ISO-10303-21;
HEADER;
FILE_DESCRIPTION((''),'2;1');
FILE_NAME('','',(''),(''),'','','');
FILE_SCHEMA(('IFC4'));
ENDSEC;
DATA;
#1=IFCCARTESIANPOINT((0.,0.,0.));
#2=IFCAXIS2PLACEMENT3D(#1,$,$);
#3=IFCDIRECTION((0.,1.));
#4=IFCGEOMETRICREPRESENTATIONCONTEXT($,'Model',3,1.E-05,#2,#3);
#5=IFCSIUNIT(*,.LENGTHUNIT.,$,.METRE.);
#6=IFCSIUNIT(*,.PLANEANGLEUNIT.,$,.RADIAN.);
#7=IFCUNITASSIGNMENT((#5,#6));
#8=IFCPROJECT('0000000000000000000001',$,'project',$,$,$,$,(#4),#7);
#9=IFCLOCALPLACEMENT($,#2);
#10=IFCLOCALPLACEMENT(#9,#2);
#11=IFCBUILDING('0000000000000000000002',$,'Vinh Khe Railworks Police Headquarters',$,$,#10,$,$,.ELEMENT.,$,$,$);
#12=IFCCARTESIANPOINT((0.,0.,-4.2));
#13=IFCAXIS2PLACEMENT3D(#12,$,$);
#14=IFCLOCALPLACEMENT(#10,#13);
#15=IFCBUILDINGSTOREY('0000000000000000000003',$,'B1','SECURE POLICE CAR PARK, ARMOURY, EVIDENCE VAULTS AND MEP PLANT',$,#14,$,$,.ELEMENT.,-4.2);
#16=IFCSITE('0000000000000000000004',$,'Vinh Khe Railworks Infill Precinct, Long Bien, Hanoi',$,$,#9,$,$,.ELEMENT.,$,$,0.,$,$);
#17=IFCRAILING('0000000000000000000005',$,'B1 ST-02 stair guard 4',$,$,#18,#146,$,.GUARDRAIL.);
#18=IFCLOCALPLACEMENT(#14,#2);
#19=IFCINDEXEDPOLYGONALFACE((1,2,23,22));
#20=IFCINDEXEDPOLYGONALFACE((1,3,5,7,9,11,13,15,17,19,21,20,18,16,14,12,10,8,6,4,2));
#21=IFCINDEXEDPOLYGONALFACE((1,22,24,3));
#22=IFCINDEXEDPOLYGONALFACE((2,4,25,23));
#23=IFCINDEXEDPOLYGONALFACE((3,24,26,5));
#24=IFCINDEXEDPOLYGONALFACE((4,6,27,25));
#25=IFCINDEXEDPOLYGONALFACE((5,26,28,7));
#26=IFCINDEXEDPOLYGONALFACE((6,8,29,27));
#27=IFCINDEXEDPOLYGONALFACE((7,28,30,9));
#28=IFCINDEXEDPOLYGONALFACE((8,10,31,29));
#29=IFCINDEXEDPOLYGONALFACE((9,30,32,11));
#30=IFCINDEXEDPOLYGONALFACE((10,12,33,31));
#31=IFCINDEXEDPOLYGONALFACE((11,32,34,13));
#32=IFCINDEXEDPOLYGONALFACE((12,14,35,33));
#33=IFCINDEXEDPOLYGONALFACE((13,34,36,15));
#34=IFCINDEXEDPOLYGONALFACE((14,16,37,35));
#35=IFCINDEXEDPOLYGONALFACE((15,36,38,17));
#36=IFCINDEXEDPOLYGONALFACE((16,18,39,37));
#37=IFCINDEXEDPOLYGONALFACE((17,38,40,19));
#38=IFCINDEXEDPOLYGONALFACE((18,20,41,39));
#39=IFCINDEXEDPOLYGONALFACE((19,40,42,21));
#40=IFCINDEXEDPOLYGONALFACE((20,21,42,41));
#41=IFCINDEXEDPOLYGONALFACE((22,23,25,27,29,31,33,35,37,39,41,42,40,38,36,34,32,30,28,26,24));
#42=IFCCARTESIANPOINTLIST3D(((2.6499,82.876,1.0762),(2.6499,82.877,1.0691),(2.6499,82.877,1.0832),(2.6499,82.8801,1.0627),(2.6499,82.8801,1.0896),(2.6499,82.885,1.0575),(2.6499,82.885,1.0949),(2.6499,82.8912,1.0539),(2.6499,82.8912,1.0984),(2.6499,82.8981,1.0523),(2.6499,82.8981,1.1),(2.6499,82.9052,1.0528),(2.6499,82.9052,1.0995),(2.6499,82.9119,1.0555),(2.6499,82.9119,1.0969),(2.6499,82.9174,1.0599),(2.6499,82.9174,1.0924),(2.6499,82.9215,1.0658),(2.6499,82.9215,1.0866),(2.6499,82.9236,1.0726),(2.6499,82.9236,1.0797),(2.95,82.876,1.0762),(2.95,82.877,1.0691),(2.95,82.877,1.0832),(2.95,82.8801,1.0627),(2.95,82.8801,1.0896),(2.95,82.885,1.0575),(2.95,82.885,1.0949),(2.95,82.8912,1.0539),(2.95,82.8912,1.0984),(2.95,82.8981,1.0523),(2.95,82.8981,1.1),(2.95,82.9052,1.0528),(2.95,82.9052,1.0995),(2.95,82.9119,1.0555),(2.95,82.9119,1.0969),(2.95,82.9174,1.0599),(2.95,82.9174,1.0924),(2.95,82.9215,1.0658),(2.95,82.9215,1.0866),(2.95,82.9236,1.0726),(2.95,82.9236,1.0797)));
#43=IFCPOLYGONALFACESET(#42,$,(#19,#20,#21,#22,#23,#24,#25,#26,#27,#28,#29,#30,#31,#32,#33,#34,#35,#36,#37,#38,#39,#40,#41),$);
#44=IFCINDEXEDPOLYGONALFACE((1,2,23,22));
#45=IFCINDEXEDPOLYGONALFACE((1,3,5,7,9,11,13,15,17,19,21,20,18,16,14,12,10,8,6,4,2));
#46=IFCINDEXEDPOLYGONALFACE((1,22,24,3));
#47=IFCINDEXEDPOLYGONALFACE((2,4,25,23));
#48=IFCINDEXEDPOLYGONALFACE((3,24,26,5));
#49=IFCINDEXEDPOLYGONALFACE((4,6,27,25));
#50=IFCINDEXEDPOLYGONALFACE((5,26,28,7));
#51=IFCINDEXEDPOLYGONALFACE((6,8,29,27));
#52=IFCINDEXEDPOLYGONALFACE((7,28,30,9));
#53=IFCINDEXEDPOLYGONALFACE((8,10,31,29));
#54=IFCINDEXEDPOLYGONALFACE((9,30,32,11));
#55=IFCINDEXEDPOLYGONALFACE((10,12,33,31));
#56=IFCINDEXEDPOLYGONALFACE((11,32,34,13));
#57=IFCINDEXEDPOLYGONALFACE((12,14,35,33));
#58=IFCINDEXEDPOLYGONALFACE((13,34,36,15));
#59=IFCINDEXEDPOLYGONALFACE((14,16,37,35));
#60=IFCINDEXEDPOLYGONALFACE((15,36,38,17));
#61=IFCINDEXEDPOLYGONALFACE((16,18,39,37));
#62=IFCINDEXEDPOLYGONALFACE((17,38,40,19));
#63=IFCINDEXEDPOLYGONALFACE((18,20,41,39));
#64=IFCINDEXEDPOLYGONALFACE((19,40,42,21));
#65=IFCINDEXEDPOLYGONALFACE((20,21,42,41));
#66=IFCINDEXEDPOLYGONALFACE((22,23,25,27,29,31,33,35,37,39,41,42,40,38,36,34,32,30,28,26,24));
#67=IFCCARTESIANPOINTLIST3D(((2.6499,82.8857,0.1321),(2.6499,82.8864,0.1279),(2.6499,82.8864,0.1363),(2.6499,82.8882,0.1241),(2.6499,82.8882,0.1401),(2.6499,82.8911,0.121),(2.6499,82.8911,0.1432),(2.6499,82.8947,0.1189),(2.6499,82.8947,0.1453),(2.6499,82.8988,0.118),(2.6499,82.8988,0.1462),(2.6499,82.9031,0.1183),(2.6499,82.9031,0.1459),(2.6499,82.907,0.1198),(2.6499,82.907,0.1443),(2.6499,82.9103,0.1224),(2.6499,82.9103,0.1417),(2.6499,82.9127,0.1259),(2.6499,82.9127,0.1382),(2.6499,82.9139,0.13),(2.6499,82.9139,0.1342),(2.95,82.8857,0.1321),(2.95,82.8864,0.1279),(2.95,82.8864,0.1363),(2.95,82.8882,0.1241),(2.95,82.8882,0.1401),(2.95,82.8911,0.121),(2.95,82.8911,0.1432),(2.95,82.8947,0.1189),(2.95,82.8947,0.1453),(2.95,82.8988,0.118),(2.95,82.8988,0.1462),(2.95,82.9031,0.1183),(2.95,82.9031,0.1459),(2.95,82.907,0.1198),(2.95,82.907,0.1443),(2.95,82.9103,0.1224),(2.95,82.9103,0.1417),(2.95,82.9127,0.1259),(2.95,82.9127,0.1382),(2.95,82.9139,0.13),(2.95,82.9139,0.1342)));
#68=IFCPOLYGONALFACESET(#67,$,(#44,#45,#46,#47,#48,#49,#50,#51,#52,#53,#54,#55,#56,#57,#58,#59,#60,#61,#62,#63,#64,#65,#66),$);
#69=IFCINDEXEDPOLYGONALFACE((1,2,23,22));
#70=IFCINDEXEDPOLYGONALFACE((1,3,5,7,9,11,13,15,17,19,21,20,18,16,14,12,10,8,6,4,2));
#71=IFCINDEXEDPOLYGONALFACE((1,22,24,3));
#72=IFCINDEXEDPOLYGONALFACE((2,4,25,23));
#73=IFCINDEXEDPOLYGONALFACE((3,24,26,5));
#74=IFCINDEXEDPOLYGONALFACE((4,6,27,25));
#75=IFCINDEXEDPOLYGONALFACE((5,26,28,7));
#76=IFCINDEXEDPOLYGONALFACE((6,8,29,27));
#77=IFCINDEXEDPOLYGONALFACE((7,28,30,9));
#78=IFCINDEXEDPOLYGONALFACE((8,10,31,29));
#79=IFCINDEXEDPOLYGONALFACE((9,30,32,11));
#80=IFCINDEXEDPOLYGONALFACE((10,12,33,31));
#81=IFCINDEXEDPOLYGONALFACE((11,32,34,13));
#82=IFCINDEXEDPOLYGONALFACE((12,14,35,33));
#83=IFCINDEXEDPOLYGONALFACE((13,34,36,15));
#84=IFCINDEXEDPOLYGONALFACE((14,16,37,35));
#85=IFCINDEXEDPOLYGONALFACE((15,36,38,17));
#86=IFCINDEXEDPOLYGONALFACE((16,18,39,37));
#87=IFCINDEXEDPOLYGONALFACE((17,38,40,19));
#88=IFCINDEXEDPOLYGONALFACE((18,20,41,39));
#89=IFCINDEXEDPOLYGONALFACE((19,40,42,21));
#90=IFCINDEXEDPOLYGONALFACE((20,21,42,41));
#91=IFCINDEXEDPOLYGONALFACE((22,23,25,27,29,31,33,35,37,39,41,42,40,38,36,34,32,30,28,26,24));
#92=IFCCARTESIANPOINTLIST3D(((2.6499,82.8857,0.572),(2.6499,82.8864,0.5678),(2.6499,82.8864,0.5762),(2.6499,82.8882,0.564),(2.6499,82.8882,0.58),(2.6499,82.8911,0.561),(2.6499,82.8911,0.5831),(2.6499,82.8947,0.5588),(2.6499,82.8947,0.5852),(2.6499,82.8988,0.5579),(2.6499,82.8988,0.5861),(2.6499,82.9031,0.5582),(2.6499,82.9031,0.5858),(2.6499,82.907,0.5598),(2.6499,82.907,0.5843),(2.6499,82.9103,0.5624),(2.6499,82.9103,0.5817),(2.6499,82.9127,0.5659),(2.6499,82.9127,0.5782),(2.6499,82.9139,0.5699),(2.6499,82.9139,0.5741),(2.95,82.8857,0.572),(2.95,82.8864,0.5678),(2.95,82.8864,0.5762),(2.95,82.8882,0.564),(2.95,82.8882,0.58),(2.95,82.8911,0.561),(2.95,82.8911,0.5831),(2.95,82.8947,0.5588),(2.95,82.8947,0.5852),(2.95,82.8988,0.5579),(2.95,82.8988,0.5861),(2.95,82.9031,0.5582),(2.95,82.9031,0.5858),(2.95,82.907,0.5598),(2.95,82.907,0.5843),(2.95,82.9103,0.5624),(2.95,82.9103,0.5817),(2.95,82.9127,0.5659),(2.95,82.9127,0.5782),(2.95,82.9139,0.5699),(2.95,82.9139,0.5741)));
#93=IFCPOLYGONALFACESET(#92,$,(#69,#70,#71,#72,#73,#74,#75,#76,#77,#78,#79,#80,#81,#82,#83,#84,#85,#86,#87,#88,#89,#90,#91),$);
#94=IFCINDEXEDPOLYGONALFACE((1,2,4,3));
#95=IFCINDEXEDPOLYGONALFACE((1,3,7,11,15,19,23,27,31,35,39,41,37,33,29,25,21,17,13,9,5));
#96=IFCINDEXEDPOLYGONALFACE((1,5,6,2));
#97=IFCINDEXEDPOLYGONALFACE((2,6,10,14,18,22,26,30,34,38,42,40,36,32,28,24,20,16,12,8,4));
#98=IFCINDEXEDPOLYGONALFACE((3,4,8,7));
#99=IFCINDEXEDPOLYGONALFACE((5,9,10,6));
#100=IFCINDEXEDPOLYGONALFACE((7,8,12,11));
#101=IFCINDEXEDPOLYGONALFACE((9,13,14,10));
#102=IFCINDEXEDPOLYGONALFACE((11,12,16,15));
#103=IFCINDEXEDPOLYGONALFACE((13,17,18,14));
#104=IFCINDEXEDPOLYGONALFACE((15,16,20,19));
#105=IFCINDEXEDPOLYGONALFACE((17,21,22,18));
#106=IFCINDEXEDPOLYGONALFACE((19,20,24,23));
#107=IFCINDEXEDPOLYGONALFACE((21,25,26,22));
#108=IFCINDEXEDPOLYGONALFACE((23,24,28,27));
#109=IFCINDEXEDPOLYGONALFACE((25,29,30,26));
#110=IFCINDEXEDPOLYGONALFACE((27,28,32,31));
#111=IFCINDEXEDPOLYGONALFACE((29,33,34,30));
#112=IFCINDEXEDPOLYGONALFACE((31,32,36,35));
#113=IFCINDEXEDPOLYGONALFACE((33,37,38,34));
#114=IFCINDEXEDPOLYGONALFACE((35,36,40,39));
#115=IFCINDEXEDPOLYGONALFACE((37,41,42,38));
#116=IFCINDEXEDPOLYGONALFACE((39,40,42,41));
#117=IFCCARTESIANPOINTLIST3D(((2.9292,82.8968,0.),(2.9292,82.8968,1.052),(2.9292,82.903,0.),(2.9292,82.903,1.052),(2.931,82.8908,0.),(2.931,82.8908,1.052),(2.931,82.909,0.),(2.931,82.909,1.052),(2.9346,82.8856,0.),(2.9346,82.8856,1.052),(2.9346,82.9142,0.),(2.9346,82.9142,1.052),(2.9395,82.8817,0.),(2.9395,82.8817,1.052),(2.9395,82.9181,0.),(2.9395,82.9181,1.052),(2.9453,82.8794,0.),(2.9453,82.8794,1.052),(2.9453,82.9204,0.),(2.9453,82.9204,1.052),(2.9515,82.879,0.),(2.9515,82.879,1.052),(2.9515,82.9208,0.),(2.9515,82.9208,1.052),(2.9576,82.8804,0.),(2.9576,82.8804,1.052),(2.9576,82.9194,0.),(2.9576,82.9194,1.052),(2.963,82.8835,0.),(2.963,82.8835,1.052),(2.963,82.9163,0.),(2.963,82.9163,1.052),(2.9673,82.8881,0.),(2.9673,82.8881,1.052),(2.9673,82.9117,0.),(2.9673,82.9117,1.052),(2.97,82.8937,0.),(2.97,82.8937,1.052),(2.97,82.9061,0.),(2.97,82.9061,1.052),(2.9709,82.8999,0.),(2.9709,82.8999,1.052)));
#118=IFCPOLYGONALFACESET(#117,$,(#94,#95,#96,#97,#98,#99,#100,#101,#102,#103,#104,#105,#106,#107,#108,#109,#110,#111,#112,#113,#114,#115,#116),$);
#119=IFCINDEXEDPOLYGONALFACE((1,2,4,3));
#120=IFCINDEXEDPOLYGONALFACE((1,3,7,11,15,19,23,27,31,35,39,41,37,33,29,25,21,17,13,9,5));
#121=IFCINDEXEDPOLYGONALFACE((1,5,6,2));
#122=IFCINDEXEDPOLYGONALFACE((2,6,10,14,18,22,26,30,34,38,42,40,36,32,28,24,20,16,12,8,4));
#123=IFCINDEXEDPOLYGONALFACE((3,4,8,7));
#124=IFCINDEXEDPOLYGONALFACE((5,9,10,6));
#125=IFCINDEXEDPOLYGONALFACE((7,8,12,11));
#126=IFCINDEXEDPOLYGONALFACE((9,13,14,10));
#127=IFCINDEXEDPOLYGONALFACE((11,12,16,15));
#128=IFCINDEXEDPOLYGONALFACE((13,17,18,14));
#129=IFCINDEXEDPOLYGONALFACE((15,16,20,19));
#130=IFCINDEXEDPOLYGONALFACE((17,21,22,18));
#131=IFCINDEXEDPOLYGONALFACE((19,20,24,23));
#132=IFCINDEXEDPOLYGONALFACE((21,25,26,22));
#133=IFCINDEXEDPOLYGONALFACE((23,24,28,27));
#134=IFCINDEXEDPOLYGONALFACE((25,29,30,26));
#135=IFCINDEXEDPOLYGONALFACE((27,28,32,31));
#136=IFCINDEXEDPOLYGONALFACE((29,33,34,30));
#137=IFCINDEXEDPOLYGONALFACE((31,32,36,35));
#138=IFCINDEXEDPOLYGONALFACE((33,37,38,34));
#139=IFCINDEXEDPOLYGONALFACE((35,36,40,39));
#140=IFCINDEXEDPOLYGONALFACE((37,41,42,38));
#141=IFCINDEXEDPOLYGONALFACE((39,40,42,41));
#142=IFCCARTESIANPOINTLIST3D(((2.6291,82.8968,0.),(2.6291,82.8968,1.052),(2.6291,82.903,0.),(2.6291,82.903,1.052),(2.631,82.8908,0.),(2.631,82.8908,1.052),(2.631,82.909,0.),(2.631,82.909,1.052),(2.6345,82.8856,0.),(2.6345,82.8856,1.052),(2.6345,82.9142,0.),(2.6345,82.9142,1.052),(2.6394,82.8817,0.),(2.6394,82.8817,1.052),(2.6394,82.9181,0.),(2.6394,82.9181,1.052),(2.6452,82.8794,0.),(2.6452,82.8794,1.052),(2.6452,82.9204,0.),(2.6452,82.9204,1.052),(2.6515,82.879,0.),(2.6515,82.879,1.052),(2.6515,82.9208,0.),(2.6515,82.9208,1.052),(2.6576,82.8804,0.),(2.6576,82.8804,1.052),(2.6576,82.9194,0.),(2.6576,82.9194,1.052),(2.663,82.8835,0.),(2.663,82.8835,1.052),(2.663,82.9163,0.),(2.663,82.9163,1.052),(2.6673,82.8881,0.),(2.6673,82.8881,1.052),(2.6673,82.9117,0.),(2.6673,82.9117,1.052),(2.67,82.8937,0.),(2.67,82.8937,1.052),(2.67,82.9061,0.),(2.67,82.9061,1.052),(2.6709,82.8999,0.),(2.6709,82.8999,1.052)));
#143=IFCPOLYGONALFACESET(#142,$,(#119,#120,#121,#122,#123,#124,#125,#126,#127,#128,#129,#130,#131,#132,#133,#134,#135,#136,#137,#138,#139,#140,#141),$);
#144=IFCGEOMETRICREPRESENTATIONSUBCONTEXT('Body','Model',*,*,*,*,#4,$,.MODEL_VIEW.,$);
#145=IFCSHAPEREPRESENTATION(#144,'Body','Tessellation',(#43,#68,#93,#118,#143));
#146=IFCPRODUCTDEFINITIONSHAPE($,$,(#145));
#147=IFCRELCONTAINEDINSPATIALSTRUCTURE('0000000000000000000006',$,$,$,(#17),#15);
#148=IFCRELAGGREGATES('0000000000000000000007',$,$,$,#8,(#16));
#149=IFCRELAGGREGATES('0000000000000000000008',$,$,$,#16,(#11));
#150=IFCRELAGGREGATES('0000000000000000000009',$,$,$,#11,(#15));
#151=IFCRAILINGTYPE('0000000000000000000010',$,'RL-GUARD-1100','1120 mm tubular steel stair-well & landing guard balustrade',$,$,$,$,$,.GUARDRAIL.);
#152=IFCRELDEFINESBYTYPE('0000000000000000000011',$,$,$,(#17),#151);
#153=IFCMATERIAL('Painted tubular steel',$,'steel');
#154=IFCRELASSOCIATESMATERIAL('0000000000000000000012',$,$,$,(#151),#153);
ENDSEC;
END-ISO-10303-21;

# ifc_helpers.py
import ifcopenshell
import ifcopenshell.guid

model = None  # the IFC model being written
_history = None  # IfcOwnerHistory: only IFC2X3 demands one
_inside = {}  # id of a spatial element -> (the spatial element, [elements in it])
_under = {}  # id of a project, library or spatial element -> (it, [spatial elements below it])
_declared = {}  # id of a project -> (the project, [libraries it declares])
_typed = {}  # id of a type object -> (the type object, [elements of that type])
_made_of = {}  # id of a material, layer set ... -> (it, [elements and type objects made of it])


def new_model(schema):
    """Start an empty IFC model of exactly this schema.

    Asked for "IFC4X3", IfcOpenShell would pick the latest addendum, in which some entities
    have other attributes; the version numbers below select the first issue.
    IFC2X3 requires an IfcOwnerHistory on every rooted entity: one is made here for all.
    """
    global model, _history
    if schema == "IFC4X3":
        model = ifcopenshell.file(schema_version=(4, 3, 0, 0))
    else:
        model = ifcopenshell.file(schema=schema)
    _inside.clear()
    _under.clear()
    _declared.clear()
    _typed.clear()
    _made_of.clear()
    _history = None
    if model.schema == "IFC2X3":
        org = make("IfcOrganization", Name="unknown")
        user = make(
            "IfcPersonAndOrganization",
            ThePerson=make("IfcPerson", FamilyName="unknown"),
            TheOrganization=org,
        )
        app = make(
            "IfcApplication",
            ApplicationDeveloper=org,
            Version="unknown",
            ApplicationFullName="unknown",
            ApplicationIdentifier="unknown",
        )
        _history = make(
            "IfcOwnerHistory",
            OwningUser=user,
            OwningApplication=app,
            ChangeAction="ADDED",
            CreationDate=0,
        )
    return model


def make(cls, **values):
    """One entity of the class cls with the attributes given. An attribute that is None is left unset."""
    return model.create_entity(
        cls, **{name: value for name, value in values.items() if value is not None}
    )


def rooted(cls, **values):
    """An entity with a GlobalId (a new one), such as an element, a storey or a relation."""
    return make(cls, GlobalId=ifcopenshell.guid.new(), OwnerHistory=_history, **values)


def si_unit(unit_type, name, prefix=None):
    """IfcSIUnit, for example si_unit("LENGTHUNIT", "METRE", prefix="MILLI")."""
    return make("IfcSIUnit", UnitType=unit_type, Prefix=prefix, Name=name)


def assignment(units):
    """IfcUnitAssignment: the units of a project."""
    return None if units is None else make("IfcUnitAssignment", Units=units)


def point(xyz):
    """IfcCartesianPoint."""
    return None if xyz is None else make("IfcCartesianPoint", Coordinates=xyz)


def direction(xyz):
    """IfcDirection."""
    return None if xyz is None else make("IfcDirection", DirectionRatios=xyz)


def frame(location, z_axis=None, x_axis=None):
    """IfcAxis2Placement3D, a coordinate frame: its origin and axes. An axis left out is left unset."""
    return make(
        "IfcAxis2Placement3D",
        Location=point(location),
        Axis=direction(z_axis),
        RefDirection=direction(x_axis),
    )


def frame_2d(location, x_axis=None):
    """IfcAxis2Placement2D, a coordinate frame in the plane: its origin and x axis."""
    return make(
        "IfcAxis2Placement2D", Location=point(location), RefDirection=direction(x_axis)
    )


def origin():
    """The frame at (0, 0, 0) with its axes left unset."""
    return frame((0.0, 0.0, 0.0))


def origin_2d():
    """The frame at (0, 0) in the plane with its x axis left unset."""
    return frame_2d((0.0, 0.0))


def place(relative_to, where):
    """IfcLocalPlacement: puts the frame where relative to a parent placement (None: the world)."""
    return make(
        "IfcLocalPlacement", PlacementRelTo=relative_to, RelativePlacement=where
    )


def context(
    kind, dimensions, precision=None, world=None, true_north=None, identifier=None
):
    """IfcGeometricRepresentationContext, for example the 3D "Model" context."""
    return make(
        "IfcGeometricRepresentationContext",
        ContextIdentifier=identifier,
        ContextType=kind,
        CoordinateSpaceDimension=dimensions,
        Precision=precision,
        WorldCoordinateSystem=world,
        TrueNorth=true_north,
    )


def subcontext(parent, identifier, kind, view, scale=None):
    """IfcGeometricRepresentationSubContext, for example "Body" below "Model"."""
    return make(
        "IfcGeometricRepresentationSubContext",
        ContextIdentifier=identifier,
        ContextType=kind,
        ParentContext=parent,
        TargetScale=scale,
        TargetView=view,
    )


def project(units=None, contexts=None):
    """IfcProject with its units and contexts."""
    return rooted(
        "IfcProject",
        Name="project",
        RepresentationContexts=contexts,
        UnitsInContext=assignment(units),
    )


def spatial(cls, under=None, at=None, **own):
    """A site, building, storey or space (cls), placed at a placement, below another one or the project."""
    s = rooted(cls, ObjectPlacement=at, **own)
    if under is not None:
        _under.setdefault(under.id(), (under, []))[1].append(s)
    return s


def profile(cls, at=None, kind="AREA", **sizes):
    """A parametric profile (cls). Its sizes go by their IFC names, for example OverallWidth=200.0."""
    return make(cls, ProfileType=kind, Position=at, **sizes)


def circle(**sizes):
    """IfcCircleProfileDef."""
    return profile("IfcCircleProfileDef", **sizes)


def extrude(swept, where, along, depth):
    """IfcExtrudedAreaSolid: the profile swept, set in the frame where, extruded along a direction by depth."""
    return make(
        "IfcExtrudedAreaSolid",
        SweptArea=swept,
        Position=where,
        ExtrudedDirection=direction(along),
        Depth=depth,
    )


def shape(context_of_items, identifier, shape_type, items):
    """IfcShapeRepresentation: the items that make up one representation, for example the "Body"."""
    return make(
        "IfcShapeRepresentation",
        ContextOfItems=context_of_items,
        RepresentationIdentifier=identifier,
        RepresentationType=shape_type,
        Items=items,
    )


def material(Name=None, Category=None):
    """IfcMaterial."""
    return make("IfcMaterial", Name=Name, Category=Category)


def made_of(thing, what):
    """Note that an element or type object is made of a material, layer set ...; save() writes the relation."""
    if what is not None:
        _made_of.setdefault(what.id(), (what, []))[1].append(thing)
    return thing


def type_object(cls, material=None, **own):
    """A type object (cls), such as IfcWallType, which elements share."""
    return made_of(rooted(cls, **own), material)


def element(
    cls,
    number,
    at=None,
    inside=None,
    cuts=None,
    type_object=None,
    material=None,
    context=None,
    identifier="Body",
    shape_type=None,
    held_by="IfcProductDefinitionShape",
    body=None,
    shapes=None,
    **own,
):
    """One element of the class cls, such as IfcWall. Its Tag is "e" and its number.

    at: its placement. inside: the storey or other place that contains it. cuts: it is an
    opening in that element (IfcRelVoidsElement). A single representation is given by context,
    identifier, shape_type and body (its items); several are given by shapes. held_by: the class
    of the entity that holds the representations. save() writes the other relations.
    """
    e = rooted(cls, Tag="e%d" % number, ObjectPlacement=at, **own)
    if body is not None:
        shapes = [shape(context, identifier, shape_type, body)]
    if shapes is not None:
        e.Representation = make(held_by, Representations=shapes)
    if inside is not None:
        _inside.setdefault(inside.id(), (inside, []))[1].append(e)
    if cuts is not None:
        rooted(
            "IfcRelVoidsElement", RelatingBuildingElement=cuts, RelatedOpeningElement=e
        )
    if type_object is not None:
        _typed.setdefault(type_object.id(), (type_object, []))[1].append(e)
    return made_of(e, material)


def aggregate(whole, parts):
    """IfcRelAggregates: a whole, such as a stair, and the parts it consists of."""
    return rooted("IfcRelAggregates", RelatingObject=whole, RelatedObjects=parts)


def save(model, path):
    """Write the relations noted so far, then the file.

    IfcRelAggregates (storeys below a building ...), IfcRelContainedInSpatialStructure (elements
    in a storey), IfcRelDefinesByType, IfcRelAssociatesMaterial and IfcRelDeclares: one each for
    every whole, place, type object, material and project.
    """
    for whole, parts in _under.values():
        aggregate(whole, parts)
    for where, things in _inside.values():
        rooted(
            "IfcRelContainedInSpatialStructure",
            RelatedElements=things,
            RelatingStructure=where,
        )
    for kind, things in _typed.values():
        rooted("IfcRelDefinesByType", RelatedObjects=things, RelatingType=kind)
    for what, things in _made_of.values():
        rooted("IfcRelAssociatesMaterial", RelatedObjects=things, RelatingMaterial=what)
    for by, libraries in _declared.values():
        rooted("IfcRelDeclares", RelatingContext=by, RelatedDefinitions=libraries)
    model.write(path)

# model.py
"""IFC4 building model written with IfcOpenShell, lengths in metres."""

from ifc_helpers import new_model, si_unit, direction, frame, origin, origin_2d, place, context, subcontext, project, spatial, circle, extrude, material, type_object, element, save


model = new_model("IFC4")

# Units and contexts
model_context = context("Model", 3, precision=1e-05, world=origin(), true_north=direction((0.0, 1.0)))
body_context = subcontext(model_context, "Body", "Model", "MODEL_VIEW")
ifc_project = project(units=[si_unit("LENGTHUNIT", "METRE"), si_unit("PLANEANGLEUNIT", "RADIAN")], contexts=[model_context])

# Site, building, storey
site_placement = place(None, origin())
site = spatial("IfcSite", under=ifc_project, at=site_placement, Name="Vinh Khe Railworks Infill Precinct, Long Bien, Hanoi", CompositionType="ELEMENT", RefElevation=0.0)
building_placement = place(site_placement, origin())
building = spatial("IfcBuilding", under=site, at=building_placement, Name="Vinh Khe Railworks Police Headquarters", CompositionType="ELEMENT")
storey_placement = place(building_placement, frame((0.0, 0.0, -4.2)))
storey = spatial("IfcBuildingStorey", under=building, at=storey_placement, Name="B1", Description="SECURE POLICE CAR PARK, ARMOURY, EVIDENCE VAULTS AND MEP PLANT", CompositionType="ELEMENT", Elevation=-4.2)

# Railing
ifc_material_1 = material(Name="Painted tubular steel", Category="steel")
railing_type_1 = type_object("IfcRailingType", Name="RL-GUARD-1100", Description="1120 mm tubular steel stair-well & landing guard balustrade", PredefinedType="GUARDRAIL", material=ifc_material_1)
railing_1_placement = place(storey_placement, frame((2.95, 82.8999, 0.0)))
element("IfcRailing", 1, at=railing_1_placement, inside=storey, type_object=railing_type_1, Name="B1 ST-02 stair guard 4", PredefinedType="GUARDRAIL", context=body_context, shape_type="SweptSolid", body=[
    extrude(circle(Radius=0.0239, at=origin_2d()), frame((0.0, 0.0, 1.0762), z_axis=(-1.0, 0.0, 0.0), x_axis=(0.0, -1.0, 0.0)), (0.0, 0.0, 1.0), 0.3),
    extrude(circle(Radius=0.0142, at=origin_2d()), frame((0.0, 0.0, 0.1321), z_axis=(-1.0, 0.0, 0.0), x_axis=(0.0, -1.0, 0.0)), (0.0, 0.0, 1.0), 0.3),
    extrude(circle(Radius=0.0142, at=origin_2d()), frame((0.0, 0.0, 0.572), z_axis=(-1.0, 0.0, 0.0), x_axis=(0.0, -1.0, 0.0)), (0.0, 0.0, 1.0), 0.3),
    extrude(circle(Radius=0.021, at=origin_2d()), origin(), (0.0, 0.0, 1.0), 1.052),
    extrude(circle(Radius=0.021, at=origin_2d()), frame((-0.3, 0.0, 0.0)), (0.0, 0.0, 1.0), 1.052),
])

save(model, "model.ifc")
